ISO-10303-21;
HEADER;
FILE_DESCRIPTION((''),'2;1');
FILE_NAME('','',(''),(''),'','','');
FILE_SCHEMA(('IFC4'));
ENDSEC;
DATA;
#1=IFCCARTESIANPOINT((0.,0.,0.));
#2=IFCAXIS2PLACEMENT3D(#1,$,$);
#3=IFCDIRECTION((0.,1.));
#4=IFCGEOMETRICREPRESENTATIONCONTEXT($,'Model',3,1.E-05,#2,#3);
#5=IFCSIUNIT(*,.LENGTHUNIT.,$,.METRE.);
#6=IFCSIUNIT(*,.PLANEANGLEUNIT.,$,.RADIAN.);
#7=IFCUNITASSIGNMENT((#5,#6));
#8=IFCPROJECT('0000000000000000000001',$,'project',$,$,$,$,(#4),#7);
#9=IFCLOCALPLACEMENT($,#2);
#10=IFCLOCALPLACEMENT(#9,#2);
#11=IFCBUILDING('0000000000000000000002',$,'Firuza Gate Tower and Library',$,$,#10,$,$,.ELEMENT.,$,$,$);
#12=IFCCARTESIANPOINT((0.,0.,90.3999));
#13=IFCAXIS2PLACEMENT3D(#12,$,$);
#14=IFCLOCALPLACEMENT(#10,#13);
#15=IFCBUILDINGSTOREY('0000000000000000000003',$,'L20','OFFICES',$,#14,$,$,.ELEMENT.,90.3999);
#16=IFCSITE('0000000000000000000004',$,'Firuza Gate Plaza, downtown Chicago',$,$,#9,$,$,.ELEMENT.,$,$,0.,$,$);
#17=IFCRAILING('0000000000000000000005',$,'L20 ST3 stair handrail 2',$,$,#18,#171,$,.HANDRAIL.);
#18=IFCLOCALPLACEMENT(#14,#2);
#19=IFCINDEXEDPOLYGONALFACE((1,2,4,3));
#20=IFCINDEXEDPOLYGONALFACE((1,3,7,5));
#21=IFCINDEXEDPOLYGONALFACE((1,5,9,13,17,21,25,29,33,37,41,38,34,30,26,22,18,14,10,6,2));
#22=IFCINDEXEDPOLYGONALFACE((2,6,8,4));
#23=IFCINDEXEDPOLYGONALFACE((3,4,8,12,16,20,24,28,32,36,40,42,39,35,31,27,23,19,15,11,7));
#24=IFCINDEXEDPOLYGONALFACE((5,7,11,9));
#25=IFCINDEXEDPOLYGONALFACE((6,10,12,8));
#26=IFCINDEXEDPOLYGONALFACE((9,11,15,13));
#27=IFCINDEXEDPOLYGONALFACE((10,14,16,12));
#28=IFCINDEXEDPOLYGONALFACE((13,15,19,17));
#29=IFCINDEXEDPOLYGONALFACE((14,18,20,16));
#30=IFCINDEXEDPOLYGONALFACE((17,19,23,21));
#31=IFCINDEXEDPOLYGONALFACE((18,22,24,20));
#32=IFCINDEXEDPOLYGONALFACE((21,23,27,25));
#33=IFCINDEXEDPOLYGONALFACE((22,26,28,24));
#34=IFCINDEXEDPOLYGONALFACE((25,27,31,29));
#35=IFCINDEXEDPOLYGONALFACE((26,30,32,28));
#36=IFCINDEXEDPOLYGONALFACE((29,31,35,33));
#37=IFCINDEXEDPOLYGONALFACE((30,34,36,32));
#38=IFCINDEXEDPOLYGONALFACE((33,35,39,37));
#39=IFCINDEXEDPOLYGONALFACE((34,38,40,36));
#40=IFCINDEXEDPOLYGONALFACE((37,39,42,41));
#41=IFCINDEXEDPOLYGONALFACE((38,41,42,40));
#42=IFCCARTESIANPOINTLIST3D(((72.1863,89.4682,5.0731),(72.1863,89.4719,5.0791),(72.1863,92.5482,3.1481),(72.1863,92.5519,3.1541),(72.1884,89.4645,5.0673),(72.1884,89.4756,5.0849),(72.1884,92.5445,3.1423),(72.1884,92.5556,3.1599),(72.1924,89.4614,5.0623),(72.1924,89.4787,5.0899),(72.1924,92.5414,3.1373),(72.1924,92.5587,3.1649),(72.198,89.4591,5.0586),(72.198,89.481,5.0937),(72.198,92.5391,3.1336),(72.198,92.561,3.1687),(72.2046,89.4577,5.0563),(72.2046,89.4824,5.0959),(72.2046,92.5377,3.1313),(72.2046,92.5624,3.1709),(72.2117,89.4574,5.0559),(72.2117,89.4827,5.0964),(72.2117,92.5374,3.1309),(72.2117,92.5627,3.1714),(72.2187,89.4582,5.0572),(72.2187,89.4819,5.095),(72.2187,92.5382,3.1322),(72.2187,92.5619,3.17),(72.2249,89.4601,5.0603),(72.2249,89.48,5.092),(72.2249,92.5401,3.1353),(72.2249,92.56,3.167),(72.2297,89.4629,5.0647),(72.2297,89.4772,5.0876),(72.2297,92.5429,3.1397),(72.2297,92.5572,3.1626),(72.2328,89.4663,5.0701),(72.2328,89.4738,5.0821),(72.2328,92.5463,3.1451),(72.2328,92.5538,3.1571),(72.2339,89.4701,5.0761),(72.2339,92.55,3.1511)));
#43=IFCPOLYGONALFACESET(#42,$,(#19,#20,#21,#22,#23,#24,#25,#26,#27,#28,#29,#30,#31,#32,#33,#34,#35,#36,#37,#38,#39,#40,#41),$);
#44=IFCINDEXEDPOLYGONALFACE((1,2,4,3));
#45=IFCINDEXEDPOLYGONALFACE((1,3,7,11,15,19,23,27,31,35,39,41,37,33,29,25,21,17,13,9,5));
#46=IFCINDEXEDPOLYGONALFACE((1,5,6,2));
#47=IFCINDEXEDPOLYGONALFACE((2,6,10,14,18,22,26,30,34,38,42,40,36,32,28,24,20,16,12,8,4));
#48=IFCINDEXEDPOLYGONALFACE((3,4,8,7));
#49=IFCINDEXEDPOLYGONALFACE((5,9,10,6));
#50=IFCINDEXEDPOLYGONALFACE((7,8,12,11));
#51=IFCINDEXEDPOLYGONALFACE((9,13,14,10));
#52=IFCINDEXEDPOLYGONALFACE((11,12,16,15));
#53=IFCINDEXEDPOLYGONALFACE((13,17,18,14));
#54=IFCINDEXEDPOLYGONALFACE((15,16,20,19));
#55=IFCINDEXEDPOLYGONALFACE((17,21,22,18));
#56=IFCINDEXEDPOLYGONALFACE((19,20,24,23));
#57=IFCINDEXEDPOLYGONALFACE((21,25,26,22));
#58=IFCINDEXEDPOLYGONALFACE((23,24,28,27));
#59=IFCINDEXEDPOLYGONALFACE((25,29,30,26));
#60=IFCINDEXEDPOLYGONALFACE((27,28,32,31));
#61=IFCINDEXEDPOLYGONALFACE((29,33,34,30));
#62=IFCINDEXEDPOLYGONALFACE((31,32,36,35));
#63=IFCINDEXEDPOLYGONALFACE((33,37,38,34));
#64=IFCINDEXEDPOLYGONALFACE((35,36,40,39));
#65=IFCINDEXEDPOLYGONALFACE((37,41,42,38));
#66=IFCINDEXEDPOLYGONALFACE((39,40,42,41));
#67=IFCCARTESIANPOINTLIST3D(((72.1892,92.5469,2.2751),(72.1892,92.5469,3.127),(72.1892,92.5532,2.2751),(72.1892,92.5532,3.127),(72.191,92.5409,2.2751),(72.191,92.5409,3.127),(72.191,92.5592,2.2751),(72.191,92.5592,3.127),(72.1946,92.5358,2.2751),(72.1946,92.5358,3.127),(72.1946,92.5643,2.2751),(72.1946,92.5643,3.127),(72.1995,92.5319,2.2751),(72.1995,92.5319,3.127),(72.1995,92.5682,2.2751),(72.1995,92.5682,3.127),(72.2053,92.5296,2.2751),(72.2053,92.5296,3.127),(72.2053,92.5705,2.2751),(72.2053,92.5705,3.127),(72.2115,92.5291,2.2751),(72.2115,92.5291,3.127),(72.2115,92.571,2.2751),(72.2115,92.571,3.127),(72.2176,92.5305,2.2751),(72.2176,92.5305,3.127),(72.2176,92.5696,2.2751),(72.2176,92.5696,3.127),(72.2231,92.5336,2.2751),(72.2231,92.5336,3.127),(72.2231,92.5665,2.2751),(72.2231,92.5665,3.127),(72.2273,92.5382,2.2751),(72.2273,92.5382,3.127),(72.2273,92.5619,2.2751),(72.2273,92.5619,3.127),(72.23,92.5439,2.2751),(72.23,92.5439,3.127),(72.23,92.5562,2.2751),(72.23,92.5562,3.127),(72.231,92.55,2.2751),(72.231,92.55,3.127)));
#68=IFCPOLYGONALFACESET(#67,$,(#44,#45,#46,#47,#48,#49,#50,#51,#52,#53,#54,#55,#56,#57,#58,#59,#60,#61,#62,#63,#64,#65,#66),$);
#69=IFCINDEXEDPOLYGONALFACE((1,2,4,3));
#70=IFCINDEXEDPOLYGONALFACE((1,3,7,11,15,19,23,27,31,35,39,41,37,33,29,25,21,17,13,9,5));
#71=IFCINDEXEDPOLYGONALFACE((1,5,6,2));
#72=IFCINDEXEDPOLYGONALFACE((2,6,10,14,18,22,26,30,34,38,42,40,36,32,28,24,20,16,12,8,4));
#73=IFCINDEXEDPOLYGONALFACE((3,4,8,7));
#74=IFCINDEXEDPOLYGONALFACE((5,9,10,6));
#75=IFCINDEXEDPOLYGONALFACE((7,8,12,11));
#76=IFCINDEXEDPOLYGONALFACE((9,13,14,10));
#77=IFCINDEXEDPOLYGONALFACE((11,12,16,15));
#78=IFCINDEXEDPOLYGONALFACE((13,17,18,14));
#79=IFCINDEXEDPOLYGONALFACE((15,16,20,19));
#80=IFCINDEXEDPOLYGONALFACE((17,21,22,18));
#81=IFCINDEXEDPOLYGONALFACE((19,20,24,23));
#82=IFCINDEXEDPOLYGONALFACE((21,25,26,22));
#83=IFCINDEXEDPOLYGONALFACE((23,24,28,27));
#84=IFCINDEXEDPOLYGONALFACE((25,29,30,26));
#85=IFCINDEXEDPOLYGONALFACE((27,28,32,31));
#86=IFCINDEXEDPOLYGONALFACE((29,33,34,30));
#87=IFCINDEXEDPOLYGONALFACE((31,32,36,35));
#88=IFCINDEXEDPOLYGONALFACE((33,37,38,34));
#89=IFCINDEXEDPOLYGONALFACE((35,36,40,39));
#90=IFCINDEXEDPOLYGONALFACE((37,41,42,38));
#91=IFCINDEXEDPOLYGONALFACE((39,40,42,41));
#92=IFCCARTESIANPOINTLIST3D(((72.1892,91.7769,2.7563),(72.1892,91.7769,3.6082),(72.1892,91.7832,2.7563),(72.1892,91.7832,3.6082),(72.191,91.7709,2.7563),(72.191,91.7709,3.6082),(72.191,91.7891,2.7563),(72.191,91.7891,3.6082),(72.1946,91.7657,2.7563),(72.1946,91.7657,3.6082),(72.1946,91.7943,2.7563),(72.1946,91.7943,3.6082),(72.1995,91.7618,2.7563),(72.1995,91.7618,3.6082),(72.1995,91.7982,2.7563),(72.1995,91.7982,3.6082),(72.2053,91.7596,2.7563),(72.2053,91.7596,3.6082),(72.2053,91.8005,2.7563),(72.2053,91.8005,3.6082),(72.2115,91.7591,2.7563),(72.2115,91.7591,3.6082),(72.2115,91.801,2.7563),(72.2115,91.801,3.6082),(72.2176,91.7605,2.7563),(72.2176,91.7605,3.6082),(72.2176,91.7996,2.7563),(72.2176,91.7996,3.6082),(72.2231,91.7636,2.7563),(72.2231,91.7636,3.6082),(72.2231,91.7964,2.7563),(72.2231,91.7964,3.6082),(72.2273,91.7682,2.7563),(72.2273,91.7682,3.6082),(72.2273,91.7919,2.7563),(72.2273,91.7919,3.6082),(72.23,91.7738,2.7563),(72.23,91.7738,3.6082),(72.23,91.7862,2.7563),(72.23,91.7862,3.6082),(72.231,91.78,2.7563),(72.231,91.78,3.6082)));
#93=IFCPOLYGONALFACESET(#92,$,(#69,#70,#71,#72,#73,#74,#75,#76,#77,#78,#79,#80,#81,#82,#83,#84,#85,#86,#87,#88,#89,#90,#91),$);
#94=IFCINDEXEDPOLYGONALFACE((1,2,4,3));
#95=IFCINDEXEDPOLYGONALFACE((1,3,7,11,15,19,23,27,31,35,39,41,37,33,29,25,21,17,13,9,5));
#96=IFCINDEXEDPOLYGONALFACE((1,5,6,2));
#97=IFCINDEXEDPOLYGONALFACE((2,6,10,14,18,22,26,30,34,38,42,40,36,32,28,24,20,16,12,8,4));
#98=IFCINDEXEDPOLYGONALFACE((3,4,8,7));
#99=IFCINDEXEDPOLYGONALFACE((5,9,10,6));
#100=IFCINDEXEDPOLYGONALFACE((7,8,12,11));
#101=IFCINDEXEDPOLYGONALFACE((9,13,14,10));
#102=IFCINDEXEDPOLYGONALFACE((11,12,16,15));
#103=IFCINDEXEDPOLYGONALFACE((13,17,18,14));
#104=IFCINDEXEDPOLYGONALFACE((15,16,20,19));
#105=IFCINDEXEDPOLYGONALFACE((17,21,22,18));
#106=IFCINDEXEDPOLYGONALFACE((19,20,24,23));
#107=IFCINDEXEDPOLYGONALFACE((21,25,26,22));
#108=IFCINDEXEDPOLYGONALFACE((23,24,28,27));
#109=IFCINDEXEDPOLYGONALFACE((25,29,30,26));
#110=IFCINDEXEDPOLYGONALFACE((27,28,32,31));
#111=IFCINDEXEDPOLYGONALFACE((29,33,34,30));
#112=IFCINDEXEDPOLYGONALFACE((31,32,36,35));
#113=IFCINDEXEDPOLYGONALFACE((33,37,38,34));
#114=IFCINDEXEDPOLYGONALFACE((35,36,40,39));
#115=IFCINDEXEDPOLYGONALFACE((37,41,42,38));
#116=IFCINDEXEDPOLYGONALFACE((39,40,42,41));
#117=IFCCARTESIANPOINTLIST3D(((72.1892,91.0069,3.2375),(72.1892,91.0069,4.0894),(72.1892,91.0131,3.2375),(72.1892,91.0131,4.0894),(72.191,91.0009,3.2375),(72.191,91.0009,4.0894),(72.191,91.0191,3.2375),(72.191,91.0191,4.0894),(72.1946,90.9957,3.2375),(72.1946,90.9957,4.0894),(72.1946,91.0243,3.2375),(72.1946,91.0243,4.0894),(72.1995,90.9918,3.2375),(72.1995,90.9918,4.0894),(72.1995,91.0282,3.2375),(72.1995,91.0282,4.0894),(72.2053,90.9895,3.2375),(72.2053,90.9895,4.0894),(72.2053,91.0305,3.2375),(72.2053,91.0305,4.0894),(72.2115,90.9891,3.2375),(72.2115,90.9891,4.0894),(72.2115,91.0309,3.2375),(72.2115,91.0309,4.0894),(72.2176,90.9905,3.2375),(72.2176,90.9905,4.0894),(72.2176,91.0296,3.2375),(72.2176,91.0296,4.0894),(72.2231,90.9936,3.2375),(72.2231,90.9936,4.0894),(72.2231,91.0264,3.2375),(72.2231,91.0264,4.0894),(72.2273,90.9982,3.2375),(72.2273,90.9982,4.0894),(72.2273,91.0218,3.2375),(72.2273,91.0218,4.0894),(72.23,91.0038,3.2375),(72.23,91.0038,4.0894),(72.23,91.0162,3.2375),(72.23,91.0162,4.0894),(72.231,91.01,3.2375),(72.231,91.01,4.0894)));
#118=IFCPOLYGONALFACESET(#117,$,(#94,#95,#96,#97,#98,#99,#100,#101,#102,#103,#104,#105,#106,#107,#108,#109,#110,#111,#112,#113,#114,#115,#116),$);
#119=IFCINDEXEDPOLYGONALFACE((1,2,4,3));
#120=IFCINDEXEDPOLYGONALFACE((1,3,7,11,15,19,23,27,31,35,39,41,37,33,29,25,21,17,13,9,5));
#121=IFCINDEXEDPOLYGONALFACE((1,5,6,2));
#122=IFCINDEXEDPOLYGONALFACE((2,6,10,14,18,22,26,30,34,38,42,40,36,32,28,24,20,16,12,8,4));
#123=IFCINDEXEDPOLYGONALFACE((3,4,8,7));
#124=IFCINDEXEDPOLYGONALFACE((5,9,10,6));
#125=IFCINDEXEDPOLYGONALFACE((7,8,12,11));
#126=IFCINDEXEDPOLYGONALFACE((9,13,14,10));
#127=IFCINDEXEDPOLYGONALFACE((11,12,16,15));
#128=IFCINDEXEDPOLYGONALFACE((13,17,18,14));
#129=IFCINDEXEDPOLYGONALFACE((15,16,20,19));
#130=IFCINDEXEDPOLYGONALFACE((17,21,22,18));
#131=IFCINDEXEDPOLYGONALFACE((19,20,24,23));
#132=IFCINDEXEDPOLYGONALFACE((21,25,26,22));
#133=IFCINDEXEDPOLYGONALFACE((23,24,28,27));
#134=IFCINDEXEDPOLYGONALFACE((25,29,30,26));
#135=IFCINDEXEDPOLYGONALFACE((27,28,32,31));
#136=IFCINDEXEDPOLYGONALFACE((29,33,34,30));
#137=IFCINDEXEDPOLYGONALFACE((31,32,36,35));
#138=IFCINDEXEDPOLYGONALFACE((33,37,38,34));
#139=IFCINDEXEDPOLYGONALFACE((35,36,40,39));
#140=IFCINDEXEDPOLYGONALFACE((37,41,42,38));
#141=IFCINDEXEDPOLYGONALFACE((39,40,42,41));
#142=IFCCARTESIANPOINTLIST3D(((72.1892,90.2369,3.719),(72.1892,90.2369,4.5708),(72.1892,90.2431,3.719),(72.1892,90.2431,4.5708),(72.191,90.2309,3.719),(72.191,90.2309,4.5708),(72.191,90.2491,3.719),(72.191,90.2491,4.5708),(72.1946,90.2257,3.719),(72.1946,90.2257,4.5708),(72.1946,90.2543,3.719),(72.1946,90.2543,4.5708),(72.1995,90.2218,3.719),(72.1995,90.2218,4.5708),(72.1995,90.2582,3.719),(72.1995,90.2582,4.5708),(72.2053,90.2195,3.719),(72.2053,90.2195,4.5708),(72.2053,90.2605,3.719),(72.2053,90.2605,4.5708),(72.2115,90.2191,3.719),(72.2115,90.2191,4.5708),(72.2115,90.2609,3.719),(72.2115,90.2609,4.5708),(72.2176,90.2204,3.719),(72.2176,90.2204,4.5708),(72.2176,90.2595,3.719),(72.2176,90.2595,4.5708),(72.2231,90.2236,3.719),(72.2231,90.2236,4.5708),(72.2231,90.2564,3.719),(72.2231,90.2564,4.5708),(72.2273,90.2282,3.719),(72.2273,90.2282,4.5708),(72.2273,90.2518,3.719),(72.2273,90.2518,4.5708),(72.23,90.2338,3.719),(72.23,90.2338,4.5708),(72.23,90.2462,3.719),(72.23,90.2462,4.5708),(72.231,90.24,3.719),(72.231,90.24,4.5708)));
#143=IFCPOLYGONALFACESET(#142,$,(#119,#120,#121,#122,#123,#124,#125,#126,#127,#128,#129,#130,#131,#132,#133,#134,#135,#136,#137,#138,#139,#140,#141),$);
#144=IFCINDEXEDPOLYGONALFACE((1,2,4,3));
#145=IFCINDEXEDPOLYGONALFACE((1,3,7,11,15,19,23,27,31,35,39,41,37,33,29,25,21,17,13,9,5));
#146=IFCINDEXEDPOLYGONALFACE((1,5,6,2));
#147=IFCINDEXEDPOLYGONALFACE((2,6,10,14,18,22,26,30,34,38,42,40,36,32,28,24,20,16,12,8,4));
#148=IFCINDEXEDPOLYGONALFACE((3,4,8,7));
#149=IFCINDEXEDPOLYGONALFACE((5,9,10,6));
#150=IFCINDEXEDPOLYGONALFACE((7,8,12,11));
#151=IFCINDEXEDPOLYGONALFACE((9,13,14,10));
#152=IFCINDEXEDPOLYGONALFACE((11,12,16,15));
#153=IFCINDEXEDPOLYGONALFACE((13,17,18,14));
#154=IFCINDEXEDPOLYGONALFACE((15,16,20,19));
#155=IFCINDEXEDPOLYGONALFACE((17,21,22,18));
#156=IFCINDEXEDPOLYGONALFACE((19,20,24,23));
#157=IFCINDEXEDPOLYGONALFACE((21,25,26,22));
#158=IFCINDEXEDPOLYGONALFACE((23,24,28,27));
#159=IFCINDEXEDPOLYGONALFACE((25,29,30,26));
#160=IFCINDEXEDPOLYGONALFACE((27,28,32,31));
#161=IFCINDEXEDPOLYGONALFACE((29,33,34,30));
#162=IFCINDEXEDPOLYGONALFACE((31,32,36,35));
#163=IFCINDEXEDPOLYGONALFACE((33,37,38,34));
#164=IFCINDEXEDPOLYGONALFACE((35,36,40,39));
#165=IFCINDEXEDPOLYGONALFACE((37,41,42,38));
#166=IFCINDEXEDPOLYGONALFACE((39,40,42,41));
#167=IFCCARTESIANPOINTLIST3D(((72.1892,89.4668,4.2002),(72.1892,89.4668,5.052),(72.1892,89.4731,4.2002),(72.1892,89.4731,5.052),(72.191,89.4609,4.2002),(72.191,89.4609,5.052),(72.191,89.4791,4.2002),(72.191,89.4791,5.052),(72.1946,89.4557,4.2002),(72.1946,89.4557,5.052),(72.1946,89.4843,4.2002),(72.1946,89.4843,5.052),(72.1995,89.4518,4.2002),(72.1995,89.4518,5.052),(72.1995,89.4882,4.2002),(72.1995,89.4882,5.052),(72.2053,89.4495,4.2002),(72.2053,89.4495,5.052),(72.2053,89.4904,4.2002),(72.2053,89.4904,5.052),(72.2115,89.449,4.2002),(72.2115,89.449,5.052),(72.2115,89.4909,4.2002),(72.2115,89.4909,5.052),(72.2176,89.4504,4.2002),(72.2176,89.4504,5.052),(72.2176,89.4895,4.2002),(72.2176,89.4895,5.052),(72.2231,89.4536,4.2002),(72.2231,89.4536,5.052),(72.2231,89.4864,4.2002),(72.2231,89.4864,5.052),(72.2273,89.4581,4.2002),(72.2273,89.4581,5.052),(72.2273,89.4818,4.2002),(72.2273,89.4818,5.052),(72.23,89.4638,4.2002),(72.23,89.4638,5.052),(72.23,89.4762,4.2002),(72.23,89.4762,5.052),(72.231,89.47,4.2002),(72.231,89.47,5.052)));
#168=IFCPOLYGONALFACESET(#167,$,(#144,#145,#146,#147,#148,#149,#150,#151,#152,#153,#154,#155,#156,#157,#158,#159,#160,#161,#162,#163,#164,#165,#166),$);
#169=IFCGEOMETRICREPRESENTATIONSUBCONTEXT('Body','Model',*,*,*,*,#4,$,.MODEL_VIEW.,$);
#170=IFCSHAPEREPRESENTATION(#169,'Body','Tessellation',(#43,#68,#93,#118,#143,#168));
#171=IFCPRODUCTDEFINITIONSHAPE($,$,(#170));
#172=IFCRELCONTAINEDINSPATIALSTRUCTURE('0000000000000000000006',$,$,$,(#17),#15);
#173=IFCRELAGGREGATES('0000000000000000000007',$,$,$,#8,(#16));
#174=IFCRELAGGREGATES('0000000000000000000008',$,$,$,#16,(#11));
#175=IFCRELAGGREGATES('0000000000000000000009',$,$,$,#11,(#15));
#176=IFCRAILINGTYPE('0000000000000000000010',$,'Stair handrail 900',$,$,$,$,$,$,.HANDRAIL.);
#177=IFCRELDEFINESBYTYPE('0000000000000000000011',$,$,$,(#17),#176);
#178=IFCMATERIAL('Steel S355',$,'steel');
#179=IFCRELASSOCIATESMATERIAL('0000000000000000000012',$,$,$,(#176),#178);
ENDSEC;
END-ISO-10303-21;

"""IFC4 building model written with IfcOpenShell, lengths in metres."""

from ifc_helpers import new_model, si_unit, direction, frame, origin, origin_2d, place, context, subcontext, project, spatial, circle, extrude, material, type_object, element, save


model = new_model("IFC4")

# Units and contexts
model_context = context("Model", 3, precision=1e-05, world=origin(), true_north=direction((0.0, 1.0)))
body_context = subcontext(model_context, "Body", "Model", "MODEL_VIEW")
ifc_project = project(units=[si_unit("LENGTHUNIT", "METRE"), si_unit("PLANEANGLEUNIT", "RADIAN")], contexts=[model_context])

# Site, building, storey
site_placement = place(None, origin())
site = spatial("IfcSite", under=ifc_project, at=site_placement, Name="Firuza Gate Plaza, downtown Chicago", CompositionType="ELEMENT", RefElevation=0.0)
building_placement = place(site_placement, origin())
building = spatial("IfcBuilding", under=site, at=building_placement, Name="Firuza Gate Tower and Library", CompositionType="ELEMENT")
storey_placement = place(building_placement, frame((0.0, 0.0, 90.3999)))
storey = spatial("IfcBuildingStorey", under=building, at=storey_placement, Name="L20", Description="OFFICES", CompositionType="ELEMENT", Elevation=90.3999)

# Railing
ifc_material_1 = material(Name="Steel S355", Category="steel")
railing_type_1 = type_object("IfcRailingType", Name="Stair handrail 900", PredefinedType="HANDRAIL", material=ifc_material_1)
railing_1_placement = place(storey_placement, frame((72.21, 92.55, 2.2751)))
element("IfcRailing", 1, at=railing_1_placement, inside=storey, type_object=railing_type_1, Name="L20 ST3 stair handrail 2", PredefinedType="HANDRAIL", context=body_context, shape_type="SweptSolid", body=[
    extrude(circle(Radius=0.0239, at=origin_2d()), frame((0.0, 0.0, 0.876), z_axis=(0.0, -0.847998, 0.529999), x_axis=(1.0, 0.0, 0.0)), (0.0, 0.0, 1.0), 3.6321),
    extrude(circle(Radius=0.021, at=origin_2d()), origin(), (0.0, 0.0, 1.0), 0.8518),
    extrude(circle(Radius=0.021, at=origin_2d()), frame((0.0, -0.77, 0.4812)), (0.0, 0.0, 1.0), 0.8518),
    extrude(circle(Radius=0.021, at=origin_2d()), frame((0.0, -1.54, 0.9624)), (0.0, 0.0, 1.0), 0.8518),
    extrude(circle(Radius=0.021, at=origin_2d()), frame((0.0, -2.3101, 1.4438)), (0.0, 0.0, 1.0), 0.8518),
    extrude(circle(Radius=0.021, at=origin_2d()), frame((0.0, -3.0801, 1.925)), (0.0, 0.0, 1.0), 0.8518),
])

save(model, "model.ifc")
